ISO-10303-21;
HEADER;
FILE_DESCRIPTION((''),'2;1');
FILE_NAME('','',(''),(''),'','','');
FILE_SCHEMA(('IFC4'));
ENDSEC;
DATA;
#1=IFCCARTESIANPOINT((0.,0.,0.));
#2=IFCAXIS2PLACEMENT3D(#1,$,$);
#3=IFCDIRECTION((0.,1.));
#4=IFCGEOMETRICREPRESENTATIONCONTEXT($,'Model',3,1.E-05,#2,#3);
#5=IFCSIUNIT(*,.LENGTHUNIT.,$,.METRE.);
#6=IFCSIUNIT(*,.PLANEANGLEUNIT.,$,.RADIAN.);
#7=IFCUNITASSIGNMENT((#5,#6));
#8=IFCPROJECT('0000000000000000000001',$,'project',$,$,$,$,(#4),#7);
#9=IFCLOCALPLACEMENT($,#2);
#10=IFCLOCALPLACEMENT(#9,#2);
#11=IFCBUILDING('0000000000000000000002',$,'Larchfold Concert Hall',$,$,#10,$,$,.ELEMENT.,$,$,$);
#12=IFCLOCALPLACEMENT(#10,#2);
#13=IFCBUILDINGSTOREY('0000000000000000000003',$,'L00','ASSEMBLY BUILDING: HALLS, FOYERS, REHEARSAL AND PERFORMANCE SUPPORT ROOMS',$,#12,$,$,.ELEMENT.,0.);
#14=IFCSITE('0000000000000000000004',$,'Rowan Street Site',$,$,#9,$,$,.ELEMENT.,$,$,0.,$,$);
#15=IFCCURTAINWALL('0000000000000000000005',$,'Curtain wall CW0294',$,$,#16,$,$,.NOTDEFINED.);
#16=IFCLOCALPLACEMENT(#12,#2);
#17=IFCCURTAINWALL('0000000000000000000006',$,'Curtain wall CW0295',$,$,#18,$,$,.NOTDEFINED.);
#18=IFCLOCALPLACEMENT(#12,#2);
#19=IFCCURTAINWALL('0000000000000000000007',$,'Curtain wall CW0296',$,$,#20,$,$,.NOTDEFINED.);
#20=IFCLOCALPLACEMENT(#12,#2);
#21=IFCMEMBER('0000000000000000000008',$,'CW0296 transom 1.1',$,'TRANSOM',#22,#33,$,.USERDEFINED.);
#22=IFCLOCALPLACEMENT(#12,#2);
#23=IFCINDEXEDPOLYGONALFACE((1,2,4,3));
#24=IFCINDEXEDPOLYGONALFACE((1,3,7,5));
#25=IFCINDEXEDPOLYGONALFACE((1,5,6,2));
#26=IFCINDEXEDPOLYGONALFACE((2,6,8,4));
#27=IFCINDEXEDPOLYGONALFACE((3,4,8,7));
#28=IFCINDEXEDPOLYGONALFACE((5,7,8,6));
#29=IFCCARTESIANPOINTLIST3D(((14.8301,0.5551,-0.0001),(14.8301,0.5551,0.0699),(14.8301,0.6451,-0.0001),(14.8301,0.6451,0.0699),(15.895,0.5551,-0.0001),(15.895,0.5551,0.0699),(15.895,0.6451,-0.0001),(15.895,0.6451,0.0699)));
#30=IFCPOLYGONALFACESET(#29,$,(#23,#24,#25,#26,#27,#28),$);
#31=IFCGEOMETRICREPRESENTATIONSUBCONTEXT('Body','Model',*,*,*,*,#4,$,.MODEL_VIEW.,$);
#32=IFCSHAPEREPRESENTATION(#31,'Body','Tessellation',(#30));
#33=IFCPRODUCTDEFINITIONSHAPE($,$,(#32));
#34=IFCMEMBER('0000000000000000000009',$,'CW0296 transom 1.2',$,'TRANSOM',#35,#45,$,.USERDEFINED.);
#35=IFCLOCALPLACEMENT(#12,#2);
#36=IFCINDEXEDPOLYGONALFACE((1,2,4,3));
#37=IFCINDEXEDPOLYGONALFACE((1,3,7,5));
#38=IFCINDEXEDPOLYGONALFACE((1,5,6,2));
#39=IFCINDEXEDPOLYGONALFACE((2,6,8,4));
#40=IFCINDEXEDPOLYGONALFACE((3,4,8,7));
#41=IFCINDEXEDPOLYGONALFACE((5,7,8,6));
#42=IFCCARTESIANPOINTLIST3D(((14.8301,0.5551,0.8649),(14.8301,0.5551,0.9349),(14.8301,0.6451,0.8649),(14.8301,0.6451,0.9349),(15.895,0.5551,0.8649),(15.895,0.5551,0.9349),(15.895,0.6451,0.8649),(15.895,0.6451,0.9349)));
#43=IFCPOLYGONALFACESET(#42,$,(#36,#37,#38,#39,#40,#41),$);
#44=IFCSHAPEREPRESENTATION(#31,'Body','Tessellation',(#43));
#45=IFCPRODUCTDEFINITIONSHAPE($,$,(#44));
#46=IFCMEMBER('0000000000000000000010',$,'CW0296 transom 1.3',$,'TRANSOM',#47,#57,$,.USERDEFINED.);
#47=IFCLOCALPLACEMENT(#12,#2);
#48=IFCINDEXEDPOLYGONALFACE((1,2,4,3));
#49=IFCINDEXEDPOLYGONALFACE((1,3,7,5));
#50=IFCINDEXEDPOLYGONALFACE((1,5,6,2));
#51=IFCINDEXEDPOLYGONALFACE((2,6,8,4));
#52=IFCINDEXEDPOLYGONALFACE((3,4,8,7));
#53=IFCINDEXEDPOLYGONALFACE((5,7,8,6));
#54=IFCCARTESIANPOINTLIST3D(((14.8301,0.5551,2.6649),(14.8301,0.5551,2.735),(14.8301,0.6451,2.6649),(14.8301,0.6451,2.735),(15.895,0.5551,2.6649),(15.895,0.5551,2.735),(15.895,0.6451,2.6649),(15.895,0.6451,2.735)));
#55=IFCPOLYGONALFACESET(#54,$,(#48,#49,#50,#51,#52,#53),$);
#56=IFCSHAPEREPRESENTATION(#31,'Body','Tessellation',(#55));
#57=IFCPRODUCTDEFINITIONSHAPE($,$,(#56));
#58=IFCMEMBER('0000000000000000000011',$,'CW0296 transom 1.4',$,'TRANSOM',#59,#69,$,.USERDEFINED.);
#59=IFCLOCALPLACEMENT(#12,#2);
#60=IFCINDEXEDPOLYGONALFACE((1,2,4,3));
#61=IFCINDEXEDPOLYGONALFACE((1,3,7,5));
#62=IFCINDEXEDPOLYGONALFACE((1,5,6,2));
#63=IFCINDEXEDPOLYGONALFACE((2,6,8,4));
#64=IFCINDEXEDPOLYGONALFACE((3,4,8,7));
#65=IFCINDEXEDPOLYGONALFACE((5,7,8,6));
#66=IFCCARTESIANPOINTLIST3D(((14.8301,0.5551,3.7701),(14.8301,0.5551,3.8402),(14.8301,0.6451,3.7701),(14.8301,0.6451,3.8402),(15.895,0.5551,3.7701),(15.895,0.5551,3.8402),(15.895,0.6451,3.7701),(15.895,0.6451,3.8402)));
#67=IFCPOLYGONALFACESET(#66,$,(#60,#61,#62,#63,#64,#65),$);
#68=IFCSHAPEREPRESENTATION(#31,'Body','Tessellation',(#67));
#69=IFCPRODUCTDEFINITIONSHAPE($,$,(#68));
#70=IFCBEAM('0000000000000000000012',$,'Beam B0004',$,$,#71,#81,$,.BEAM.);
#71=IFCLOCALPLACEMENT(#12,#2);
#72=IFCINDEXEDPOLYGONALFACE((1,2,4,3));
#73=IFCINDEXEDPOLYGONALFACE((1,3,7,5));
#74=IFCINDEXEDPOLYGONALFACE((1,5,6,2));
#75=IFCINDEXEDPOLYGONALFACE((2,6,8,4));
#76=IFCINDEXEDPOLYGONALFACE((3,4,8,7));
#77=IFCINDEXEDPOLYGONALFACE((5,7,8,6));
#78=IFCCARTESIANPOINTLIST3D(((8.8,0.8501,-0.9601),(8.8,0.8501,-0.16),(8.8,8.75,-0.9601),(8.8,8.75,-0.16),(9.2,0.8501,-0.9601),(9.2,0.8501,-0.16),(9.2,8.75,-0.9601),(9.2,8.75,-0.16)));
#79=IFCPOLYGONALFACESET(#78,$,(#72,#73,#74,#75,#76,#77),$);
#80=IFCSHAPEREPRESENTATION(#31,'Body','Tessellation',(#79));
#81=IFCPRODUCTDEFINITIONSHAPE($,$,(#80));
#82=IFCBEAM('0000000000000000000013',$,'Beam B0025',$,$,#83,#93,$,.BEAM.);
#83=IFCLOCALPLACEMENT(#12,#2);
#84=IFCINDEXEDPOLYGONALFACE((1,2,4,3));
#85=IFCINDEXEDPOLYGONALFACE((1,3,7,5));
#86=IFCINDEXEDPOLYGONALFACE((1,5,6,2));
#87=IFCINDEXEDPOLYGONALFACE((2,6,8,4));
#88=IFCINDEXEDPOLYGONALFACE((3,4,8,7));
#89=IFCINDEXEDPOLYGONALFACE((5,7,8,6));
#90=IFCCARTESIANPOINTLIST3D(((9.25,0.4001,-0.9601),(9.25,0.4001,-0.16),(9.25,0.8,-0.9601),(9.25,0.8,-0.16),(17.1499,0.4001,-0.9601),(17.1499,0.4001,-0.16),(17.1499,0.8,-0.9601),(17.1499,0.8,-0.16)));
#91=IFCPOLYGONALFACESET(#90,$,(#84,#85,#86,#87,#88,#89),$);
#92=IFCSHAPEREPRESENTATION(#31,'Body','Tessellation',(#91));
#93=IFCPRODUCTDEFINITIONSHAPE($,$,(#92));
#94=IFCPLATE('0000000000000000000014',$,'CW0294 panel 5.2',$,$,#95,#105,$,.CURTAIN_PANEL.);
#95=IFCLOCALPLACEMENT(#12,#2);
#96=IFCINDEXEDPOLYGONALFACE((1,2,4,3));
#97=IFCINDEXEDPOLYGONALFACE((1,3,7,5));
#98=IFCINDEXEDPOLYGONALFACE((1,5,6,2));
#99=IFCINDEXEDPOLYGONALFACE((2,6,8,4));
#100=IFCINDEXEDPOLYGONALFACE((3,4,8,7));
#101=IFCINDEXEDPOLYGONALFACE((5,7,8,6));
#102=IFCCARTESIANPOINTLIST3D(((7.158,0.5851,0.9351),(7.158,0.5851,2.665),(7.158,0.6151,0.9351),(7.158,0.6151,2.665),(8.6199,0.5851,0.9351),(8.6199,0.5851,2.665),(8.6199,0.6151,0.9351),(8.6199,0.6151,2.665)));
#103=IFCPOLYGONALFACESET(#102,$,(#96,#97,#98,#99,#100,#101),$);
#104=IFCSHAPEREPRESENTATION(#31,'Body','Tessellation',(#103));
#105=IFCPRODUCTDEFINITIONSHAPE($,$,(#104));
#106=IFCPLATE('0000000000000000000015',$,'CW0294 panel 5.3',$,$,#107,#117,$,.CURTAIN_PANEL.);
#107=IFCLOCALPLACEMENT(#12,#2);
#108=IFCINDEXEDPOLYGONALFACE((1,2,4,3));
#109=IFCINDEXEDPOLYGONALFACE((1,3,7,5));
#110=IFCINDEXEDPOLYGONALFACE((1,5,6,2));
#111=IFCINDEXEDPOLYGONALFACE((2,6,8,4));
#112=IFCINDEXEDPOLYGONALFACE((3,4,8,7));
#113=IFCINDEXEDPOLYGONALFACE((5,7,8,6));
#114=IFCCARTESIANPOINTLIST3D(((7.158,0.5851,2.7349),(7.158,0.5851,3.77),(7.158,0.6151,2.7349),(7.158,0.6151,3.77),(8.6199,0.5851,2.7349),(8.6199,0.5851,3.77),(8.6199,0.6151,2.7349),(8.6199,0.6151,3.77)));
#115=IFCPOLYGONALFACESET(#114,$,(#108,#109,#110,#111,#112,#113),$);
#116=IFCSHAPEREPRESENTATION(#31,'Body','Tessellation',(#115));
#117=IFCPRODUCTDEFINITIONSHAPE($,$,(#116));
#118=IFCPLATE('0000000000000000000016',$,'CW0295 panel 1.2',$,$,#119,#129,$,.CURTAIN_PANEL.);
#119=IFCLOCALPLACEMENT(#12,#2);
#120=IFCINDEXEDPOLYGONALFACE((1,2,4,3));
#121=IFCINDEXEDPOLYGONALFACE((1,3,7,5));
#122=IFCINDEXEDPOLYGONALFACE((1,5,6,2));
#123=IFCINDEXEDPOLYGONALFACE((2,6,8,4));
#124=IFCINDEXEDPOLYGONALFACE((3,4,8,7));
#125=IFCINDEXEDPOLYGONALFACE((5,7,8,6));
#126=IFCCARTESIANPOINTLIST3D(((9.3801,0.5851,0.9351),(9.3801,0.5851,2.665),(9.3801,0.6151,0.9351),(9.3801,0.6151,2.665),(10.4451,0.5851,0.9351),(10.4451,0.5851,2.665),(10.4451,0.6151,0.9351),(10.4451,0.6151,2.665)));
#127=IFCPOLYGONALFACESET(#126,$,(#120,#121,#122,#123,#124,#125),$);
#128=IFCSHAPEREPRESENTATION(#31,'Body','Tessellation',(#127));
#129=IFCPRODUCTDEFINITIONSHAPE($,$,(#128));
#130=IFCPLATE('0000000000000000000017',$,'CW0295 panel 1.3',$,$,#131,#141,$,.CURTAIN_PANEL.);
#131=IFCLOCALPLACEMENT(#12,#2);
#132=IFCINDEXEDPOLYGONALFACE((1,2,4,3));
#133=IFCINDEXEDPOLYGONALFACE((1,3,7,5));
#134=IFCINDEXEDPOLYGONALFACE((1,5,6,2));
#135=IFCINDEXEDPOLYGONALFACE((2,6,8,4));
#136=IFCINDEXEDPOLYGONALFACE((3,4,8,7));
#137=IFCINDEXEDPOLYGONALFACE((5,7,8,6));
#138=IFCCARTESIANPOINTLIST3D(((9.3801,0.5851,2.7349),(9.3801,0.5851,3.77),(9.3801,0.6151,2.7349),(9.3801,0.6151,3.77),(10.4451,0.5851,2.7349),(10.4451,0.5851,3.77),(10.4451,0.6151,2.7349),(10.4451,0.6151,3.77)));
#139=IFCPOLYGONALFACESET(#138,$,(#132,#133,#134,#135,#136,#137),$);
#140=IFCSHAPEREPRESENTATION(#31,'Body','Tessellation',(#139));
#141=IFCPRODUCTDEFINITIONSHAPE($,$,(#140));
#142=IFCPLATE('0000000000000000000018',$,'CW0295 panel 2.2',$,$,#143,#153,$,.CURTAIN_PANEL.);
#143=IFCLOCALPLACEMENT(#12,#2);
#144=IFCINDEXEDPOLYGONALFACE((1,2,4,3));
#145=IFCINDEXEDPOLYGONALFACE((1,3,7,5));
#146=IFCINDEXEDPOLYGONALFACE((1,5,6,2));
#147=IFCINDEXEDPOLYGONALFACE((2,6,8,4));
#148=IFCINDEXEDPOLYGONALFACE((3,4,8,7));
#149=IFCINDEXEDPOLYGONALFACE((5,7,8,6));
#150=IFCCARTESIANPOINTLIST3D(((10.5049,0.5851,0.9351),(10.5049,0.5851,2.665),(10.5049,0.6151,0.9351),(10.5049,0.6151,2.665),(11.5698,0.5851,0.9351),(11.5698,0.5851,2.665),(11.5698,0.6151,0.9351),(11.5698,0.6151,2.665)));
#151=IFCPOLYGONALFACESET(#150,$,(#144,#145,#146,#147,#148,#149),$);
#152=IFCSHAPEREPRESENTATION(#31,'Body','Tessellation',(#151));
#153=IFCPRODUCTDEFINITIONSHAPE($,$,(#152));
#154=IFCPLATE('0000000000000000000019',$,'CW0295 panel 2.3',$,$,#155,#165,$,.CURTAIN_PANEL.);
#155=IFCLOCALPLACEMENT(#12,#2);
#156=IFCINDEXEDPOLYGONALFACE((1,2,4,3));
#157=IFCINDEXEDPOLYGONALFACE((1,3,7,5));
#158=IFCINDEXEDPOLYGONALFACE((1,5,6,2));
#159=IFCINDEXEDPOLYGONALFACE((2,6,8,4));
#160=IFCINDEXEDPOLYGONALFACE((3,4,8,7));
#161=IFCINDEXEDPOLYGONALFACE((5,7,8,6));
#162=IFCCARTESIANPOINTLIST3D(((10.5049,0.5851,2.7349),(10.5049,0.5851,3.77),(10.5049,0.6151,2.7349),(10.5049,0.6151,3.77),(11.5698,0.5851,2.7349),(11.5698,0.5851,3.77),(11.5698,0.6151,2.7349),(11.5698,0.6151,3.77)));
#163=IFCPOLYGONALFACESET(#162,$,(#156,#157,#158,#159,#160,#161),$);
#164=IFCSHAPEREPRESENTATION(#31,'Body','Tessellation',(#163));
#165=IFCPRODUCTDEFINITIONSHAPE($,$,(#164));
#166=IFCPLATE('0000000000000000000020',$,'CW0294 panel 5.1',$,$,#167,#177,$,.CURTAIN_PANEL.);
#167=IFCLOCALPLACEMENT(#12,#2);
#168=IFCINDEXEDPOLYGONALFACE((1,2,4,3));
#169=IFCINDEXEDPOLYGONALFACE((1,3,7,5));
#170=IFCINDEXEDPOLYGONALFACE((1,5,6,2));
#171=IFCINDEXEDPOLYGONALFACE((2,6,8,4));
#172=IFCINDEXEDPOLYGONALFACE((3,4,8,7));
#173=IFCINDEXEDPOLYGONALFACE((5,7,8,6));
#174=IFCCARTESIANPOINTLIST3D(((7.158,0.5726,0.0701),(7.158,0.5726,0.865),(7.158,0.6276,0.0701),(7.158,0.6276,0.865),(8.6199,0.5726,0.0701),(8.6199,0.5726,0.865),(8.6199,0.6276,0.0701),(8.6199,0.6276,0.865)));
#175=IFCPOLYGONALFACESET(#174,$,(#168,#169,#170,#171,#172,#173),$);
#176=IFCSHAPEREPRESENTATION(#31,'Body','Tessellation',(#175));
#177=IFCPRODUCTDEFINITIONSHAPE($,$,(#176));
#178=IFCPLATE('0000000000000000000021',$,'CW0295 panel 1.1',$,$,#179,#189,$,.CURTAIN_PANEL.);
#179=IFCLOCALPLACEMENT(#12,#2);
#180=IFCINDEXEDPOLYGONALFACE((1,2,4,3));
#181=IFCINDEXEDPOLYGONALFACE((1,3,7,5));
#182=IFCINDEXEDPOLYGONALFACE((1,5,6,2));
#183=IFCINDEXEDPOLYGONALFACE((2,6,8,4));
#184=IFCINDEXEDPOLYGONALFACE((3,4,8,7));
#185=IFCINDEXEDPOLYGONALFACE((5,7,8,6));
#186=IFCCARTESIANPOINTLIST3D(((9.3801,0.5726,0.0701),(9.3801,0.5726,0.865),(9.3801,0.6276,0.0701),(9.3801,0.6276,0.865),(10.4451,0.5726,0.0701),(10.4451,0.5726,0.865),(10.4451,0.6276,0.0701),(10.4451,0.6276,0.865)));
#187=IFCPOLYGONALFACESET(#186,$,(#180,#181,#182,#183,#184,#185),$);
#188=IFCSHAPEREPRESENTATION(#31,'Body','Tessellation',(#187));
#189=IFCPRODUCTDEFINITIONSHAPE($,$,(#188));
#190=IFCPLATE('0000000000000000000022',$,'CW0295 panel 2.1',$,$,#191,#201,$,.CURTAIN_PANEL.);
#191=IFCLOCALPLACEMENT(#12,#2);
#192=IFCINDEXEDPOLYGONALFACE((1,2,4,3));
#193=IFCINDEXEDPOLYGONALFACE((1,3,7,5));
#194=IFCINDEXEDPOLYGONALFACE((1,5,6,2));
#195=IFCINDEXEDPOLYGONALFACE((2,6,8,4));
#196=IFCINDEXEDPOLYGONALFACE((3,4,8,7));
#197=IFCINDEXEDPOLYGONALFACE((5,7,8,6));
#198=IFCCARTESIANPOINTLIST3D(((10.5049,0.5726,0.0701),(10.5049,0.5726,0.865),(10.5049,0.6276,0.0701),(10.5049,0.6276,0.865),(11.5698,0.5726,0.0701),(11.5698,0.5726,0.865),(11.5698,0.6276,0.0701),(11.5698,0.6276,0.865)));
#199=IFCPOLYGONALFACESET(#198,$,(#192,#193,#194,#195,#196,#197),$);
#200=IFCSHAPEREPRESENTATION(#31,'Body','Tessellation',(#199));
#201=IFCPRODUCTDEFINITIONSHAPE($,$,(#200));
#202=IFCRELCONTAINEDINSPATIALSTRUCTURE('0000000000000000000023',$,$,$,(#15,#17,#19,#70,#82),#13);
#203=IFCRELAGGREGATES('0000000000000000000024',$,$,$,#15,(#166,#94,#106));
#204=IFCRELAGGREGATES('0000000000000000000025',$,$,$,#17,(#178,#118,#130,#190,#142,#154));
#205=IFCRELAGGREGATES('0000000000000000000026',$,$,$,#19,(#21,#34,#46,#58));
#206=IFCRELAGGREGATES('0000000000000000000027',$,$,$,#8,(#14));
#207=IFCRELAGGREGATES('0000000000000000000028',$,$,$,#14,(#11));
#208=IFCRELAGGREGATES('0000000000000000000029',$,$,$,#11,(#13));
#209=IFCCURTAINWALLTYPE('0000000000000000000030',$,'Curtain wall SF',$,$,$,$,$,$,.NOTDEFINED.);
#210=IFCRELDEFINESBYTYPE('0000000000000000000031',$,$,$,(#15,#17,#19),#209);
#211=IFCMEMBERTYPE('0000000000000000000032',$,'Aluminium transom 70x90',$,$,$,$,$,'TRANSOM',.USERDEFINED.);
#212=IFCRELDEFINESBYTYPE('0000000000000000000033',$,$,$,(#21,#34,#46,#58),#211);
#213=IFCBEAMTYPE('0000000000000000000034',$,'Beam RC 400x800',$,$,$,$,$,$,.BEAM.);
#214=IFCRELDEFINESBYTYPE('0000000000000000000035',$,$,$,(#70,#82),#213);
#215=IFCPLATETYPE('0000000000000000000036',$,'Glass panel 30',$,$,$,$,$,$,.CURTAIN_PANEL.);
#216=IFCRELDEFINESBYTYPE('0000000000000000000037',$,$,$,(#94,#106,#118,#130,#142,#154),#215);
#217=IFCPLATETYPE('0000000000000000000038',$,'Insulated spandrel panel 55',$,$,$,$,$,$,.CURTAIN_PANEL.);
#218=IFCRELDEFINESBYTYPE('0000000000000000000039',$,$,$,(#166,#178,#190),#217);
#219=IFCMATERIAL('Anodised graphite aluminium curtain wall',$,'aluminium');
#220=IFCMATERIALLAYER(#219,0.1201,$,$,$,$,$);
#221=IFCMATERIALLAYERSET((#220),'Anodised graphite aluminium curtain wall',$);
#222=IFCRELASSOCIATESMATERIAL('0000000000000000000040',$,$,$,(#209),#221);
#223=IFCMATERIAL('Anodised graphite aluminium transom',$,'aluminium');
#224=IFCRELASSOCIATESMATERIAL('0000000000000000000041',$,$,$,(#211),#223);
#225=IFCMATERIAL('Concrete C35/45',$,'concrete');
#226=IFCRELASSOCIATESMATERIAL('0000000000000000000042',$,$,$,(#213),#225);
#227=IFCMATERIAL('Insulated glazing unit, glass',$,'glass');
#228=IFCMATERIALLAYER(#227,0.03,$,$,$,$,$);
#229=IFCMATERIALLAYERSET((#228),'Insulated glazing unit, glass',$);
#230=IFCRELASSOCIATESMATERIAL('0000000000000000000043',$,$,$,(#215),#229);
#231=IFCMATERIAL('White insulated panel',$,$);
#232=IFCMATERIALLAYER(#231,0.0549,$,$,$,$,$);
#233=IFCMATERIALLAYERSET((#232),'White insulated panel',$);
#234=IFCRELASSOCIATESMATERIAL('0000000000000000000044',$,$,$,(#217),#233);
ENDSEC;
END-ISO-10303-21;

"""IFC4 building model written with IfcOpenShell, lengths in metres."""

from ifc_helpers import new_model, si_unit, direction, frame, origin, origin_2d, place, context, subcontext, project, spatial, rectangle, extrude, material, layer, layer_set, material_profile, profile_set, type_object, element, aggregate, save


model = new_model("IFC4")

# Units and contexts
model_context = context("Model", 3, precision=1e-05, world=origin(), true_north=direction((0.0, 1.0)))
body_context = subcontext(model_context, "Body", "Model", "MODEL_VIEW")
ifc_project = project(units=[si_unit("LENGTHUNIT", "METRE"), si_unit("PLANEANGLEUNIT", "RADIAN")], contexts=[model_context])

# Site, building, storey
site_placement = place(None, origin())
site = spatial("IfcSite", under=ifc_project, at=site_placement, Name="Rowan Street Site", CompositionType="ELEMENT", RefElevation=0.0)
building_placement = place(site_placement, origin())
building = spatial("IfcBuilding", under=site, at=building_placement, Name="Larchfold Concert Hall", CompositionType="ELEMENT")
storey_placement = place(building_placement, origin())
storey = spatial("IfcBuildingStorey", under=building, at=storey_placement, Name="L00", Description="ASSEMBLY BUILDING: HALLS, FOYERS, REHEARSAL AND PERFORMANCE SUPPORT ROOMS", CompositionType="ELEMENT", Elevation=0.0)

# Curtain wall
ifc_material_1 = material(Name="Anodised graphite aluminium curtain wall", Category="aluminium")
ifc_layer_1 = layer(ifc_material_1, 0.1201)
ifc_layer_set_1 = layer_set([ifc_layer_1], Name="Anodised graphite aluminium curtain wall")
curtain_wall_type = type_object("IfcCurtainWallType", Name="Curtain wall SF", PredefinedType="NOTDEFINED", material=ifc_layer_set_1)
curtain_wall_1_placement = place(storey_placement, origin())
curtain_wall_1 = element("IfcCurtainWall", 1, at=curtain_wall_1_placement, inside=storey, type_object=curtain_wall_type, Name="Curtain wall CW0294", PredefinedType="NOTDEFINED")

# Curtain wall
curtain_wall_2_placement = place(storey_placement, origin())
curtain_wall_2 = element("IfcCurtainWall", 2, at=curtain_wall_2_placement, inside=storey, type_object=curtain_wall_type, Name="Curtain wall CW0295", PredefinedType="NOTDEFINED")

# Curtain wall
curtain_wall_3_placement = place(storey_placement, origin())
curtain_wall_3 = element("IfcCurtainWall", 3, at=curtain_wall_3_placement, inside=storey, type_object=curtain_wall_type, Name="Curtain wall CW0296", PredefinedType="NOTDEFINED")

# Members
ifc_material_2 = material(Name="Anodised graphite aluminium transom", Category="aluminium")
ifc_material_profile_1 = material_profile(ifc_material_2, rectangle(XDim=0.0901, YDim=0.0701, at=origin_2d()))
ifc_profile_set_1 = profile_set([ifc_material_profile_1], Name="Anodised graphite aluminium transom")
member_type_1 = type_object("IfcMemberType", Name="Aluminium transom 70x90", ElementType="TRANSOM", PredefinedType="USERDEFINED", material=ifc_profile_set_1)
member_1_placement = place(storey_placement, frame((14.8301, 0.6001, 0.0349), z_axis=(1.0, 0.0, 0.0), x_axis=(0.0, 1.0, 0.0)))
member_1 = element("IfcMember", 4, at=member_1_placement, type_object=member_type_1, Name="CW0296 transom 1.1", ObjectType="TRANSOM", PredefinedType="USERDEFINED", context=body_context, shape_type="SweptSolid", body=[
    extrude(rectangle(XDim=0.0901, YDim=0.0701, at=origin_2d()), origin(), (0.0, 0.0, 1.0), 1.0649),
])
member_2_placement = place(storey_placement, frame((14.8301, 0.6001, 0.8999), z_axis=(1.0, 0.0, 0.0), x_axis=(0.0, 1.0, 0.0)))
member_2 = element("IfcMember", 5, at=member_2_placement, type_object=member_type_1, Name="CW0296 transom 1.2", ObjectType="TRANSOM", PredefinedType="USERDEFINED", context=body_context, shape_type="SweptSolid", body=[
    extrude(rectangle(XDim=0.0901, YDim=0.0701, at=origin_2d()), origin(), (0.0, 0.0, 1.0), 1.0649),
])
member_3_placement = place(storey_placement, frame((14.8301, 0.6001, 2.7), z_axis=(1.0, 0.0, 0.0), x_axis=(0.0, 1.0, 0.0)))
member_3 = element("IfcMember", 6, at=member_3_placement, type_object=member_type_1, Name="CW0296 transom 1.3", ObjectType="TRANSOM", PredefinedType="USERDEFINED", context=body_context, shape_type="SweptSolid", body=[
    extrude(rectangle(XDim=0.0901, YDim=0.0701, at=origin_2d()), origin(), (0.0, 0.0, 1.0), 1.0649),
])
member_4_placement = place(storey_placement, frame((14.8301, 0.6001, 3.8052), z_axis=(1.0, 0.0, 0.0), x_axis=(0.0, 1.0, 0.0)))
member_4 = element("IfcMember", 7, at=member_4_placement, type_object=member_type_1, Name="CW0296 transom 1.4", ObjectType="TRANSOM", PredefinedType="USERDEFINED", context=body_context, shape_type="SweptSolid", body=[
    extrude(rectangle(XDim=0.0901, YDim=0.0701, at=origin_2d()), origin(), (0.0, 0.0, 1.0), 1.0649),
])

# Beams
ifc_material_3 = material(Name="Concrete C35/45", Category="concrete")
ifc_material_profile_2 = material_profile(ifc_material_3, rectangle(XDim=0.3999, YDim=0.8, at=origin_2d()))
ifc_profile_set_2 = profile_set([ifc_material_profile_2], Name="Concrete C35/45")
beam_type = type_object("IfcBeamType", Name="Beam RC 400x800", PredefinedType="BEAM", material=ifc_profile_set_2)
for number, where, z_axis, x_axis, name in (
    (8, (9.0, 0.8501, -0.5601), (0.0, 1.0, 0.0), (-1.0, 0.0, 0.0), "Beam B0004"),
    (9, (9.25, 0.6001, -0.5601), (1.0, 0.0, 0.0), (0.0, 1.0, 0.0), "Beam B0025"),
):
    element("IfcBeam", number, at=place(storey_placement, frame(where, z_axis=z_axis, x_axis=x_axis)), inside=storey, type_object=beam_type, Name=name, PredefinedType="BEAM", context=body_context, shape_type="SweptSolid", body=[
        extrude(rectangle(XDim=0.3999, YDim=0.8, at=origin_2d()), origin(), (0.0, 0.0, 1.0), 7.8999),
    ])

# Plates
ifc_material_4 = material(Name="Insulated glazing unit, glass", Category="glass")
ifc_layer_2 = layer(ifc_material_4, 0.03)
ifc_layer_set_2 = layer_set([ifc_layer_2], Name="Insulated glazing unit, glass")
plate_type_1 = type_object("IfcPlateType", Name="Glass panel 30", PredefinedType="CURTAIN_PANEL", material=ifc_layer_set_2)
plate_1_placement = place(storey_placement, frame((7.8889, 0.6001, 0.9351), z_axis=(0.0, 0.0, 1.0), x_axis=(1.0, 0.0, 0.0)))
plate_1 = element("IfcPlate", 10, at=plate_1_placement, type_object=plate_type_1, Name="CW0294 panel 5.2", PredefinedType="CURTAIN_PANEL", context=body_context, shape_type="SweptSolid", body=[
    extrude(rectangle(XDim=1.4619, YDim=0.03, at=origin_2d()), origin(), (0.0, 0.0, 1.0), 1.73),
])
plate_2_placement = place(storey_placement, frame((7.8889, 0.6001, 2.7349), z_axis=(0.0, 0.0, 1.0), x_axis=(1.0, 0.0, 0.0)))
plate_2 = element("IfcPlate", 11, at=plate_2_placement, type_object=plate_type_1, Name="CW0294 panel 5.3", PredefinedType="CURTAIN_PANEL", context=body_context, shape_type="SweptSolid", body=[
    extrude(rectangle(XDim=1.4619, YDim=0.03, at=origin_2d()), origin(), (0.0, 0.0, 1.0), 1.0352),
])
plate_3_placement = place(storey_placement, frame((9.9126, 0.6001, 0.9351), z_axis=(0.0, 0.0, 1.0), x_axis=(1.0, 0.0, 0.0)))
plate_3 = element("IfcPlate", 12, at=plate_3_placement, type_object=plate_type_1, Name="CW0295 panel 1.2", PredefinedType="CURTAIN_PANEL", context=body_context, shape_type="SweptSolid", body=[
    extrude(rectangle(XDim=1.0649, YDim=0.03, at=origin_2d()), origin(), (0.0, 0.0, 1.0), 1.73),
])
plate_4_placement = place(storey_placement, frame((9.9126, 0.6001, 2.7349), z_axis=(0.0, 0.0, 1.0), x_axis=(1.0, 0.0, 0.0)))
plate_4 = element("IfcPlate", 13, at=plate_4_placement, type_object=plate_type_1, Name="CW0295 panel 1.3", PredefinedType="CURTAIN_PANEL", context=body_context, shape_type="SweptSolid", body=[
    extrude(rectangle(XDim=1.0649, YDim=0.03, at=origin_2d()), origin(), (0.0, 0.0, 1.0), 1.0352),
])
plate_5_placement = place(storey_placement, frame((11.0374, 0.6001, 0.9351), z_axis=(0.0, 0.0, 1.0), x_axis=(1.0, 0.0, 0.0)))
plate_5 = element("IfcPlate", 14, at=plate_5_placement, type_object=plate_type_1, Name="CW0295 panel 2.2", PredefinedType="CURTAIN_PANEL", context=body_context, shape_type="SweptSolid", body=[
    extrude(rectangle(XDim=1.0649, YDim=0.03, at=origin_2d()), origin(), (0.0, 0.0, 1.0), 1.73),
])
plate_6_placement = place(storey_placement, frame((11.0374, 0.6001, 2.7349), z_axis=(0.0, 0.0, 1.0), x_axis=(1.0, 0.0, 0.0)))
plate_6 = element("IfcPlate", 15, at=plate_6_placement, type_object=plate_type_1, Name="CW0295 panel 2.3", PredefinedType="CURTAIN_PANEL", context=body_context, shape_type="SweptSolid", body=[
    extrude(rectangle(XDim=1.0649, YDim=0.03, at=origin_2d()), origin(), (0.0, 0.0, 1.0), 1.0352),
])
ifc_material_5 = material(Name="White insulated panel")
ifc_layer_3 = layer(ifc_material_5, 0.0549)
ifc_layer_set_3 = layer_set([ifc_layer_3], Name="White insulated panel")
plate_type_2 = type_object("IfcPlateType", Name="Insulated spandrel panel 55", PredefinedType="CURTAIN_PANEL", material=ifc_layer_set_3)
plate_7_placement = place(storey_placement, frame((7.8889, 0.6001, 0.0701), z_axis=(0.0, 0.0, 1.0), x_axis=(1.0, 0.0, 0.0)))
plate_7 = element("IfcPlate", 16, at=plate_7_placement, type_object=plate_type_2, Name="CW0294 panel 5.1", PredefinedType="CURTAIN_PANEL", context=body_context, shape_type="SweptSolid", body=[
    extrude(rectangle(XDim=1.4619, YDim=0.0549, at=origin_2d()), origin(), (0.0, 0.0, 1.0), 0.7949),
])
aggregate(curtain_wall_1, [plate_7, plate_1, plate_2])
plate_8_placement = place(storey_placement, frame((9.9126, 0.6001, 0.0701), z_axis=(0.0, 0.0, 1.0), x_axis=(1.0, 0.0, 0.0)))
plate_8 = element("IfcPlate", 17, at=plate_8_placement, type_object=plate_type_2, Name="CW0295 panel 1.1", PredefinedType="CURTAIN_PANEL", context=body_context, shape_type="SweptSolid", body=[
    extrude(rectangle(XDim=1.0649, YDim=0.0549, at=origin_2d()), origin(), (0.0, 0.0, 1.0), 0.7949),
])
plate_9_placement = place(storey_placement, frame((11.0374, 0.6001, 0.0701), z_axis=(0.0, 0.0, 1.0), x_axis=(1.0, 0.0, 0.0)))
plate_9 = element("IfcPlate", 18, at=plate_9_placement, type_object=plate_type_2, Name="CW0295 panel 2.1", PredefinedType="CURTAIN_PANEL", context=body_context, shape_type="SweptSolid", body=[
    extrude(rectangle(XDim=1.0649, YDim=0.0549, at=origin_2d()), origin(), (0.0, 0.0, 1.0), 0.7949),
])
aggregate(curtain_wall_2, [plate_8, plate_3, plate_4, plate_9, plate_5, plate_6])
aggregate(curtain_wall_3, [member_1, member_2, member_3, member_4])

save(model, "model.ifc")
